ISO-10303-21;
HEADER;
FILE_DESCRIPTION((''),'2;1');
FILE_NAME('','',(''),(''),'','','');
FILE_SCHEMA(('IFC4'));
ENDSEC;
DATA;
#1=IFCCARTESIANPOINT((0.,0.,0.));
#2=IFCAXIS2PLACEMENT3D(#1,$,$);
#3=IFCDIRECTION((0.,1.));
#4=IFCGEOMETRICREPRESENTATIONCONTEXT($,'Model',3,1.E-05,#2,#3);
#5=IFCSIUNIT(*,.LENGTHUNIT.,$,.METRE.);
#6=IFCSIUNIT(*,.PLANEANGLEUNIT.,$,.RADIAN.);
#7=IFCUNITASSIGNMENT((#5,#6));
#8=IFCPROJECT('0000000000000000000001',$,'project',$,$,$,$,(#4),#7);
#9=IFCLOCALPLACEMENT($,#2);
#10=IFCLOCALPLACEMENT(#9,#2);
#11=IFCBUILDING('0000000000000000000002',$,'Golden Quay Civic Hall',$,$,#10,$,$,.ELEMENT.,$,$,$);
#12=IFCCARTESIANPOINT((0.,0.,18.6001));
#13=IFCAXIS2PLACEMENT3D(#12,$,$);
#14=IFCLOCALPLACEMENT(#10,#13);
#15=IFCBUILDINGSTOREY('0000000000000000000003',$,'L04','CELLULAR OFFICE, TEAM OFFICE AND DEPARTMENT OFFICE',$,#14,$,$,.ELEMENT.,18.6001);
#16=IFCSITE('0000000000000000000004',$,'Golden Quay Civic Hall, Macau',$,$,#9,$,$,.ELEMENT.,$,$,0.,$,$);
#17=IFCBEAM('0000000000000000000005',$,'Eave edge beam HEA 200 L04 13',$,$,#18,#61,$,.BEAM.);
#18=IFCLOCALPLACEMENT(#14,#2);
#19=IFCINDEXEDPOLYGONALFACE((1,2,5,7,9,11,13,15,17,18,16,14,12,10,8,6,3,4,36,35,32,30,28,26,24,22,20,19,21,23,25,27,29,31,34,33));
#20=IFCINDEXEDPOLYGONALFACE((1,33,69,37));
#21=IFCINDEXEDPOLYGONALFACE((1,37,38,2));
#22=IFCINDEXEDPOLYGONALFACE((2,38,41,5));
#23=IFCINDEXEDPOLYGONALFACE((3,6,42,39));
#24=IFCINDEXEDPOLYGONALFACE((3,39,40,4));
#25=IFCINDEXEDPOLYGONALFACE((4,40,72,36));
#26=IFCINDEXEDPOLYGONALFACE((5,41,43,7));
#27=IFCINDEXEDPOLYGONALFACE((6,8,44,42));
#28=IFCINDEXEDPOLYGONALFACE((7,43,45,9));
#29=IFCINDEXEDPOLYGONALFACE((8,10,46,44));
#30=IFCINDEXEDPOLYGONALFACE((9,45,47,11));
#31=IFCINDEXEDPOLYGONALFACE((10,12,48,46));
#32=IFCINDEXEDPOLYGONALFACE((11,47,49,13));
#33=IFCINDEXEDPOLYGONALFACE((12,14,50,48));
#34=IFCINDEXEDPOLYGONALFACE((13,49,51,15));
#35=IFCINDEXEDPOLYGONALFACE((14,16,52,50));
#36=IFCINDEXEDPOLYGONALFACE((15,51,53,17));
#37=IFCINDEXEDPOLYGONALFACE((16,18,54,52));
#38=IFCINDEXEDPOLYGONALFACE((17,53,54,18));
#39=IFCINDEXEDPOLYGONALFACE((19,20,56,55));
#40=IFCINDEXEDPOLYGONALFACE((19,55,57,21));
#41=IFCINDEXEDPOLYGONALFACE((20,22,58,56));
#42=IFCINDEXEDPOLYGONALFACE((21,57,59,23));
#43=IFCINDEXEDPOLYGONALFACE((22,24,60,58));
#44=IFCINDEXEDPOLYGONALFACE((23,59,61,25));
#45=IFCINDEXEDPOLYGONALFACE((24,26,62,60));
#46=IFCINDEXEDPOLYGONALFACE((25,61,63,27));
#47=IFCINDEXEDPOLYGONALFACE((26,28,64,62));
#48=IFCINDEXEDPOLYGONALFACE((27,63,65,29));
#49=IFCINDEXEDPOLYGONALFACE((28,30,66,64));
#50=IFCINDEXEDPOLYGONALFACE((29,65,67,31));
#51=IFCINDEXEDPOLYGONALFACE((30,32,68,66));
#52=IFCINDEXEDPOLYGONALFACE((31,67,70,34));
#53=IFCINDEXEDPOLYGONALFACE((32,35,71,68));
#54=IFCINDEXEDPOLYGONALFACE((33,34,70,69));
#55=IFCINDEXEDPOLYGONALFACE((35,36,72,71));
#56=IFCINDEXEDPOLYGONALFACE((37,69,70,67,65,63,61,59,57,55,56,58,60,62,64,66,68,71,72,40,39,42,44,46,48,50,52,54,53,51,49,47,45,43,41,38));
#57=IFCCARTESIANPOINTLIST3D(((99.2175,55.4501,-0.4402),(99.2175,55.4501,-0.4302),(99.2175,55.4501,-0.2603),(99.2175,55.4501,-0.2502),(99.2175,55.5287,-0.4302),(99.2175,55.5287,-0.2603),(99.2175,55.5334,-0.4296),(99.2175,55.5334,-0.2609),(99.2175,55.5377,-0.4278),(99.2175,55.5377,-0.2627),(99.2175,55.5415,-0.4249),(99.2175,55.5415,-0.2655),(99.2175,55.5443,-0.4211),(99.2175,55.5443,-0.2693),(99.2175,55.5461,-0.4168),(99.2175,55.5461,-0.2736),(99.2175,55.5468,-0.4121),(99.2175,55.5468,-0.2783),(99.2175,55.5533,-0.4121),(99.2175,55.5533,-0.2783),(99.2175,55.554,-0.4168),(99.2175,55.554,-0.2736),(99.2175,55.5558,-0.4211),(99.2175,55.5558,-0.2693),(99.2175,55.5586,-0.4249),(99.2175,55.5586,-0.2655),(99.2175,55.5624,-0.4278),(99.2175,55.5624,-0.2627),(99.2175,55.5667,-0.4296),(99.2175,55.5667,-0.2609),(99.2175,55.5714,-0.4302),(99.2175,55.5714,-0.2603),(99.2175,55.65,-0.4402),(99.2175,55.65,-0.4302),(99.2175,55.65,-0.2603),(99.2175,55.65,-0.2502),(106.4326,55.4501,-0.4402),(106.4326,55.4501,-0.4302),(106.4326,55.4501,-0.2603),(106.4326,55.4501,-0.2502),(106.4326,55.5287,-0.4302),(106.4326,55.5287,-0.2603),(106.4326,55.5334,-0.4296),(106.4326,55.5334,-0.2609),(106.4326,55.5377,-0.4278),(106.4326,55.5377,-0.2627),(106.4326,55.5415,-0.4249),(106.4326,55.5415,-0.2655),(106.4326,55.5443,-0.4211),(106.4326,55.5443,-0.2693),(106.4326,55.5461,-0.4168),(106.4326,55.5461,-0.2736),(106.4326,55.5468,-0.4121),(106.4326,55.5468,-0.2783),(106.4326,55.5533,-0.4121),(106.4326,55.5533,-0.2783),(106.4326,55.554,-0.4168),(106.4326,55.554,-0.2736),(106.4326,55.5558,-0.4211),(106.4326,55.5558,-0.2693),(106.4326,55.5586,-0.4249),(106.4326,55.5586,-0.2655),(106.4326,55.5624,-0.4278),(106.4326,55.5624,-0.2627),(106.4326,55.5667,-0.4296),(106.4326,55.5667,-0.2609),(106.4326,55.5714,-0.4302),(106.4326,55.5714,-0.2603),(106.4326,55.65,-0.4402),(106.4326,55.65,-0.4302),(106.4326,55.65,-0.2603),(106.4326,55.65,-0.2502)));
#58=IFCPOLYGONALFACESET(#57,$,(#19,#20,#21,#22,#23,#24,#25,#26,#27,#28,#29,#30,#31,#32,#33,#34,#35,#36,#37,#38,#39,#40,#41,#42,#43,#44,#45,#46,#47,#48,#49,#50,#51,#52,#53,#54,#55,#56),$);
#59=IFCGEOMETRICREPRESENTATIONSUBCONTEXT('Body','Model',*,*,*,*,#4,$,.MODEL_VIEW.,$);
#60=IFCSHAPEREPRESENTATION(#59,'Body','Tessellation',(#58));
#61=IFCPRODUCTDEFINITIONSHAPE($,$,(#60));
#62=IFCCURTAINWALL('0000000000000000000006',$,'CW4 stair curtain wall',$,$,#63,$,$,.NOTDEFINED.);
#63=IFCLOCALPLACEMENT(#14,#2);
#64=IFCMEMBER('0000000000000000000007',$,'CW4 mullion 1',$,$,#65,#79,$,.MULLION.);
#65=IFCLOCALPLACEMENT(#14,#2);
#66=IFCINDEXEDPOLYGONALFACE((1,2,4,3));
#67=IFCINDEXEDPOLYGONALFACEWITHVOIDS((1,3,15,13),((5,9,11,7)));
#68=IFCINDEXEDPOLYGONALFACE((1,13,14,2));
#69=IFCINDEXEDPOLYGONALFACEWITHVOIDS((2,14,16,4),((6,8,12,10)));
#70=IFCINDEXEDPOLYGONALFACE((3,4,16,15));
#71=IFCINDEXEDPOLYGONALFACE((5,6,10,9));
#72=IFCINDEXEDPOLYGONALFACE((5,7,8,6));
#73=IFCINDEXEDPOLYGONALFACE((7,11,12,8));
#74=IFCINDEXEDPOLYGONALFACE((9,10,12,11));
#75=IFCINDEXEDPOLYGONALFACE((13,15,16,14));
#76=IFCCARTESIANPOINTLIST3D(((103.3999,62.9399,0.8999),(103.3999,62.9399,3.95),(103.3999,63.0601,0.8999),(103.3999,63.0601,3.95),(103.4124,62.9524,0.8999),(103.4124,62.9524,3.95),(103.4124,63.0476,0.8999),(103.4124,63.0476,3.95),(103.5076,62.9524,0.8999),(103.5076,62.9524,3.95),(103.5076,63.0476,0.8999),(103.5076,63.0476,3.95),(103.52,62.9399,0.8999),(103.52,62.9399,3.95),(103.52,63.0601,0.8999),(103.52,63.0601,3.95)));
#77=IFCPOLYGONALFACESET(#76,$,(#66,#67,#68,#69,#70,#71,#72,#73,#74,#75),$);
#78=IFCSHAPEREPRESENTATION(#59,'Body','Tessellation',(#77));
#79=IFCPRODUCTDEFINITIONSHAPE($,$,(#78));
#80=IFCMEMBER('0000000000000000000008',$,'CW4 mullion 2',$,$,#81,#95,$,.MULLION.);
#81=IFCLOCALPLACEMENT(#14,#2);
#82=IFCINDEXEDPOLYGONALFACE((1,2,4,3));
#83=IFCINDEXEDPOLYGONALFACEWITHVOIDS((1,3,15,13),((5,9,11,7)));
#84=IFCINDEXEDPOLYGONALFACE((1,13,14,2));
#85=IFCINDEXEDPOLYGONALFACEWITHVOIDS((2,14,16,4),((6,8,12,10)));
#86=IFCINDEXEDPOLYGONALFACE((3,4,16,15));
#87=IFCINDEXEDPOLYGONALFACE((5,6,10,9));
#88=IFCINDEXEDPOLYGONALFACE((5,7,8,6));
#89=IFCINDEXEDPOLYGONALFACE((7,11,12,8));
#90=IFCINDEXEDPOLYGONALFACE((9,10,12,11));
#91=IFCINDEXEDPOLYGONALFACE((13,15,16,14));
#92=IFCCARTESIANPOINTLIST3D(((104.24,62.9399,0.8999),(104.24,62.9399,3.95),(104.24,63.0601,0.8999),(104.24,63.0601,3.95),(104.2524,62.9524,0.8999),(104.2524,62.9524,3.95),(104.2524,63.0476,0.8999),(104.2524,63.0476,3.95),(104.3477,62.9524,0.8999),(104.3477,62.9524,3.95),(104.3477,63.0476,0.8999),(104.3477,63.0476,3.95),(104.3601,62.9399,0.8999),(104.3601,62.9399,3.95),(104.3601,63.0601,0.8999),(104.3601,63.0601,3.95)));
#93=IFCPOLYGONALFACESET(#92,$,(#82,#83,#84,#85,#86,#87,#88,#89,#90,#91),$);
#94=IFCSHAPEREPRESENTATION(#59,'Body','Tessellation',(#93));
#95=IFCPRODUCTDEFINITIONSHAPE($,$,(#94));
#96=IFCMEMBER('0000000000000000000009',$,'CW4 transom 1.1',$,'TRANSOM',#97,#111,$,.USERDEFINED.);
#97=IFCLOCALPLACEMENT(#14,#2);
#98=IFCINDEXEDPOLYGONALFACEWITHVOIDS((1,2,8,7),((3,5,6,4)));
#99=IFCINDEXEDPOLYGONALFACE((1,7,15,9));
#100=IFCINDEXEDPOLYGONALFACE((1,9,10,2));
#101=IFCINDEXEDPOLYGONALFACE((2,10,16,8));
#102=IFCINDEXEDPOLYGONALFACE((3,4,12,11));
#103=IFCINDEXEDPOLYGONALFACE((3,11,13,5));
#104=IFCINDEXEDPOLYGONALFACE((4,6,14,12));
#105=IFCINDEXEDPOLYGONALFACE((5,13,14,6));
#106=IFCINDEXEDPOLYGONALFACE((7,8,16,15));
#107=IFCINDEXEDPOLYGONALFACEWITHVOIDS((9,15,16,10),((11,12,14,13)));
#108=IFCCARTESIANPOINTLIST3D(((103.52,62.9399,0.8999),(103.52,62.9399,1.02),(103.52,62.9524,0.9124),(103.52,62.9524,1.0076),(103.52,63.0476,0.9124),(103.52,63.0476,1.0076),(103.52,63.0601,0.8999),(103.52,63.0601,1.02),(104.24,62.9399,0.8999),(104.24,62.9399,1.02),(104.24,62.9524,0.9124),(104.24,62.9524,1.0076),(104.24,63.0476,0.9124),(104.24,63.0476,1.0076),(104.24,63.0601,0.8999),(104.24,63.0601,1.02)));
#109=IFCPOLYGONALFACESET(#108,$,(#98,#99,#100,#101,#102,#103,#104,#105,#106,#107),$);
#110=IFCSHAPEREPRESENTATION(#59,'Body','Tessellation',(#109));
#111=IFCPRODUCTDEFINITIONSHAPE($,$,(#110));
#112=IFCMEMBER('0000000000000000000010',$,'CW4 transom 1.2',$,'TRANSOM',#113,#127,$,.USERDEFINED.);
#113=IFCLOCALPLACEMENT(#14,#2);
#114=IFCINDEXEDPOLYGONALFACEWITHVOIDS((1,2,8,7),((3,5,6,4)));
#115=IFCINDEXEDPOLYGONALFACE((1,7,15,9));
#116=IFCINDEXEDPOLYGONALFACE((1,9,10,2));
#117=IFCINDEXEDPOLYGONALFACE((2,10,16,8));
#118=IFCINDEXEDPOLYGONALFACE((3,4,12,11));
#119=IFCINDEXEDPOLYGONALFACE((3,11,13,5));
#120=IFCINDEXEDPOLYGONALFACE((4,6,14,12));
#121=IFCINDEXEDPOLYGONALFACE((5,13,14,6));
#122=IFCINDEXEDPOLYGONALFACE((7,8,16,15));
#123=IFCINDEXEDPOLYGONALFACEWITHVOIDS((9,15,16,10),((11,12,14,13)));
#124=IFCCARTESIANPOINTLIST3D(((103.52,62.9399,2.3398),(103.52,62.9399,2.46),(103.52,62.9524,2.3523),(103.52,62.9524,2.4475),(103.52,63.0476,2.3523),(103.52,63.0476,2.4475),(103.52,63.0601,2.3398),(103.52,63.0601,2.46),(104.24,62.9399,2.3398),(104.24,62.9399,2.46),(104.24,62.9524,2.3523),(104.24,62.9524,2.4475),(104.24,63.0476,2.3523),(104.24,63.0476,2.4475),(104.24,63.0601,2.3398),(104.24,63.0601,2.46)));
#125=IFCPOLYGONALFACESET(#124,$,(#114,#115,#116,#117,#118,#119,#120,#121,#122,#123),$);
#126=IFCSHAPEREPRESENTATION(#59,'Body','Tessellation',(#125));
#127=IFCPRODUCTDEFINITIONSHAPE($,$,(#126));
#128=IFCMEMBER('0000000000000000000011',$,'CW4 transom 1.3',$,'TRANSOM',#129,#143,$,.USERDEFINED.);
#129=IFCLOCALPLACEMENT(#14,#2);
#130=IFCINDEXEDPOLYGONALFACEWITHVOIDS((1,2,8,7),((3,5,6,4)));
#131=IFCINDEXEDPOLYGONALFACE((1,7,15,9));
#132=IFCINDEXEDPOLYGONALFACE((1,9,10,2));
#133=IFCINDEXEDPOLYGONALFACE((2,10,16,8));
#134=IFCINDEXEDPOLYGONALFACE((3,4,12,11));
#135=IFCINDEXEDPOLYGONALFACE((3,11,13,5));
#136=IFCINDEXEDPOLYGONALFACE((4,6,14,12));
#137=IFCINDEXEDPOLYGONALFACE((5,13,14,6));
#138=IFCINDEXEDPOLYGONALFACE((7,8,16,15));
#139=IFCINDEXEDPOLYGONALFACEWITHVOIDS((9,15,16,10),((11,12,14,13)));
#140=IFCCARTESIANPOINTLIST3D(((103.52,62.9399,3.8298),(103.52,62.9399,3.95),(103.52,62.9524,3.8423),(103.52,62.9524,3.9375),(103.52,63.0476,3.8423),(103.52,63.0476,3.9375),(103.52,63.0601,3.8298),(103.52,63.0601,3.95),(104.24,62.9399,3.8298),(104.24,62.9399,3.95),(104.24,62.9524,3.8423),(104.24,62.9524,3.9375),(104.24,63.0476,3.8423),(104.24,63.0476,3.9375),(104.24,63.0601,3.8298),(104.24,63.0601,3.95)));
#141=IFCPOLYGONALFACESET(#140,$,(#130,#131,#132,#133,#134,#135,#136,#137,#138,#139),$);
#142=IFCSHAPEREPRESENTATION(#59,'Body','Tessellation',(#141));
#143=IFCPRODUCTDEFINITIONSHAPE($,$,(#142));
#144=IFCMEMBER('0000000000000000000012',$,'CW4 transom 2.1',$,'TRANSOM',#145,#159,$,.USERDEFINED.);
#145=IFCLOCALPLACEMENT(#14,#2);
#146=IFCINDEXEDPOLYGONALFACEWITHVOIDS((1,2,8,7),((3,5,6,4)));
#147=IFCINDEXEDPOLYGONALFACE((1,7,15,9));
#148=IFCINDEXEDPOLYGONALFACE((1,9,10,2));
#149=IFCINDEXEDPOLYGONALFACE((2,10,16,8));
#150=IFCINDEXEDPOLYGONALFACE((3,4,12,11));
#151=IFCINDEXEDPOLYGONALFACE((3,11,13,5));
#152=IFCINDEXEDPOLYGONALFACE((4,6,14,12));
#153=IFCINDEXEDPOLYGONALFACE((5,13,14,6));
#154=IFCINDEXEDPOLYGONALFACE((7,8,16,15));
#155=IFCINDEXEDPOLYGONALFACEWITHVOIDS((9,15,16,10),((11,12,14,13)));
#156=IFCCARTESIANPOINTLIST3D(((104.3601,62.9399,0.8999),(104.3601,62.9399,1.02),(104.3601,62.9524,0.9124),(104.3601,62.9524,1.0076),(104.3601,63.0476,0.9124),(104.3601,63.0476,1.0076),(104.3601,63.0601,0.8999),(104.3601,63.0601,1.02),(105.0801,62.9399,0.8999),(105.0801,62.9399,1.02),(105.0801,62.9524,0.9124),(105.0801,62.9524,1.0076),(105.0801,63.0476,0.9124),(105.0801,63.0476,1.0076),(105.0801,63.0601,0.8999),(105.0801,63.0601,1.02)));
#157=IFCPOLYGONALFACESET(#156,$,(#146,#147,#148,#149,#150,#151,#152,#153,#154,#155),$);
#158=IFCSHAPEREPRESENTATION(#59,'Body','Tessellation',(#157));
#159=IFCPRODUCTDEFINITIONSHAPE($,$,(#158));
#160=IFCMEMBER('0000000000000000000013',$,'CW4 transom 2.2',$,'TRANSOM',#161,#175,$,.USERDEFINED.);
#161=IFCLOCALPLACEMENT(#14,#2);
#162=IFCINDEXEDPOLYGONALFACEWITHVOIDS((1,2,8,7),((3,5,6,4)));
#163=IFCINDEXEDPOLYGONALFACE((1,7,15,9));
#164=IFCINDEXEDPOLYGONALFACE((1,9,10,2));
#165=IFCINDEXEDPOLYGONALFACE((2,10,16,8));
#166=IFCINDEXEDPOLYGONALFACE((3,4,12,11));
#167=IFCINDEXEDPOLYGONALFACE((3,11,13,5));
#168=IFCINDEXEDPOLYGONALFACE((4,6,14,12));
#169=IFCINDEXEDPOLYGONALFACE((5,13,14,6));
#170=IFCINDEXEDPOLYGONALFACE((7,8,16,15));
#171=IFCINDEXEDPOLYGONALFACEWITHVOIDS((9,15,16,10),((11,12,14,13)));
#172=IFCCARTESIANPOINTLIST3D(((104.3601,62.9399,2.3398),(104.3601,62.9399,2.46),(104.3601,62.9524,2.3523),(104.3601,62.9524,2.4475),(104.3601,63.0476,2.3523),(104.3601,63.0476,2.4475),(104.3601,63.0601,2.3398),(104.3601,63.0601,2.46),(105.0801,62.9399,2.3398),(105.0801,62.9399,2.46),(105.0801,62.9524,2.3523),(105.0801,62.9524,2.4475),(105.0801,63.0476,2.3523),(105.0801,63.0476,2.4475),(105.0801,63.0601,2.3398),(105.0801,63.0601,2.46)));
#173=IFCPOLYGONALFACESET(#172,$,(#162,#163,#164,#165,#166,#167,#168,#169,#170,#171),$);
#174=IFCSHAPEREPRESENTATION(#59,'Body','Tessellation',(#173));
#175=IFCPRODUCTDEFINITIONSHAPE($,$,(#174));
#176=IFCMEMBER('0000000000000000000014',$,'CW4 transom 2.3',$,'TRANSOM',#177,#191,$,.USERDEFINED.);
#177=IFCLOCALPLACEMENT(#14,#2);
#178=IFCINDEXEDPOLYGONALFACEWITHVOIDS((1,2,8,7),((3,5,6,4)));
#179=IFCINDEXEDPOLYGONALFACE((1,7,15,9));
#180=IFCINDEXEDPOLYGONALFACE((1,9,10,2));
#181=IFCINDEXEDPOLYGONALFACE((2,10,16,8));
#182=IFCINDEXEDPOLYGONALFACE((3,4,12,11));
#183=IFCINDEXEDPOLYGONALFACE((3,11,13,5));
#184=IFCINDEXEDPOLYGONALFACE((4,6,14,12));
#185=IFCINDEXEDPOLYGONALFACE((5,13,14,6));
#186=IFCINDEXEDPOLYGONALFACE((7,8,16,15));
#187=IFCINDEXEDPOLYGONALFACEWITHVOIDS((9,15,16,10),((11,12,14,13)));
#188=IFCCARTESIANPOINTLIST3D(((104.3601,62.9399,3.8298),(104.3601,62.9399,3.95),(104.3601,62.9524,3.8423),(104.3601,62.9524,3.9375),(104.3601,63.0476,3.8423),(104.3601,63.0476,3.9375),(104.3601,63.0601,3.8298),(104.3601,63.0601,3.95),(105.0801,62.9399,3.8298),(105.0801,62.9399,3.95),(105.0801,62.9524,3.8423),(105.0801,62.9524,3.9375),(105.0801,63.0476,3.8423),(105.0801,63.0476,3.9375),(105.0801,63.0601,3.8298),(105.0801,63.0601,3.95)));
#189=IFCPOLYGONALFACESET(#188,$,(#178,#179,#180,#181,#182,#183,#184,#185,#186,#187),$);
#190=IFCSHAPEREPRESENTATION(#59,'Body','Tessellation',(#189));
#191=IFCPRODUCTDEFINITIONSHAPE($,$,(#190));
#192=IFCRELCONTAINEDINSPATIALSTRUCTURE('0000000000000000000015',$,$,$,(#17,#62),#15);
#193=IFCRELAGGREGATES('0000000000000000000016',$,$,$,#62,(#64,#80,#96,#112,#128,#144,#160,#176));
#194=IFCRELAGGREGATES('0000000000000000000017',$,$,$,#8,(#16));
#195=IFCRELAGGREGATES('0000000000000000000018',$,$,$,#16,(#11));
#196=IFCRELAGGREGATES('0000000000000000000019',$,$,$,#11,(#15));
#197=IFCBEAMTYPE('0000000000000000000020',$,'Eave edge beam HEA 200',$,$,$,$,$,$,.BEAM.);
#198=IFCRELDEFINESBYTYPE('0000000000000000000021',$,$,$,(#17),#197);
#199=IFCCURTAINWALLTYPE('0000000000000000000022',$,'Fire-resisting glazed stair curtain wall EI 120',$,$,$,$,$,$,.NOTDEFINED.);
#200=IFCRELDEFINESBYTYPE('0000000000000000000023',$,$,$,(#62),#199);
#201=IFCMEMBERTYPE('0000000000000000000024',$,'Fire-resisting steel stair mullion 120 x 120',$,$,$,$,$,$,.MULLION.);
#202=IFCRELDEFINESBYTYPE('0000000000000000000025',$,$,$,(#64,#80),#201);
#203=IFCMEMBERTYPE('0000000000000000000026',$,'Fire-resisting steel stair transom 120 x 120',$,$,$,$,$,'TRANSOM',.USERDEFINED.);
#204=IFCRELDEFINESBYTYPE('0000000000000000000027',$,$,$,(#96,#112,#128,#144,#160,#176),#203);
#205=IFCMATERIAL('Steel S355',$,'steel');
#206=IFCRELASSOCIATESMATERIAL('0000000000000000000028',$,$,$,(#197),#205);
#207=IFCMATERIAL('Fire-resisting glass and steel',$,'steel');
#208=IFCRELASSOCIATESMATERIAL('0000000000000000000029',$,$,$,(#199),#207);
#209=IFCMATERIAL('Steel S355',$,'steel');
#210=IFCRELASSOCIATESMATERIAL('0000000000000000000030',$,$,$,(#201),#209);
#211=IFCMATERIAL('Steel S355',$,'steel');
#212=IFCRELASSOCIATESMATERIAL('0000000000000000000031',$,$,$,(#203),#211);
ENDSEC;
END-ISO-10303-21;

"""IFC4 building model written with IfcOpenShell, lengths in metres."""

from ifc_helpers import new_model, si_unit, direction, frame, origin, origin_2d, place, context, subcontext, project, spatial, hollow_rectangle, i_section, extrude, material, material_profile, profile_set, type_object, element, aggregate, save


model = new_model("IFC4")

# Units and contexts
model_context = context("Model", 3, precision=1e-05, world=origin(), true_north=direction((0.0, 1.0)))
body_context = subcontext(model_context, "Body", "Model", "MODEL_VIEW")
ifc_project = project(units=[si_unit("LENGTHUNIT", "METRE"), si_unit("PLANEANGLEUNIT", "RADIAN")], contexts=[model_context])

# Site, building, storey
site_placement = place(None, origin())
site = spatial("IfcSite", under=ifc_project, at=site_placement, Name="Golden Quay Civic Hall, Macau", CompositionType="ELEMENT", RefElevation=0.0)
building_placement = place(site_placement, origin())
building = spatial("IfcBuilding", under=site, at=building_placement, Name="Golden Quay Civic Hall", CompositionType="ELEMENT")
storey_placement = place(building_placement, frame((0.0, 0.0, 18.6001)))
storey = spatial("IfcBuildingStorey", under=building, at=storey_placement, Name="L04", Description="CELLULAR OFFICE, TEAM OFFICE AND DEPARTMENT OFFICE", CompositionType="ELEMENT", Elevation=18.6001)

# Beam
ifc_material_1 = material(Name="Steel S355", Category="steel")
ifc_material_profile_1 = material_profile(ifc_material_1, i_section(OverallWidth=0.2, OverallDepth=0.1899, WebThickness=0.0066, FlangeThickness=0.01, FilletRadius=0.0181, at=origin_2d()), Name="HEA 200")
ifc_profile_set_1 = profile_set([ifc_material_profile_1], Name="Steel S355")
beam_type = type_object("IfcBeamType", Name="Eave edge beam HEA 200", PredefinedType="BEAM", material=ifc_profile_set_1)
beam_placement = place(storey_placement, frame((99.2175, 55.55, -0.3452), z_axis=(1.0, 0.0, 0.0), x_axis=(0.0, 1.0, 0.0)))
element("IfcBeam", 1, at=beam_placement, inside=storey, type_object=beam_type, Name="Eave edge beam HEA 200 L04 13", PredefinedType="BEAM", context=body_context, shape_type="SweptSolid", body=[
    extrude(i_section(OverallWidth=0.2, OverallDepth=0.1899, WebThickness=0.0066, FlangeThickness=0.01, FilletRadius=0.0181, at=origin_2d()), origin(), (0.0, 0.0, 1.0), 7.2151),
])

# Curtain wall, members
ifc_material_2 = material(Name="Fire-resisting glass and steel", Category="steel")
curtain_wall_type_1 = type_object("IfcCurtainWallType", Name="Fire-resisting glazed stair curtain wall EI 120", PredefinedType="NOTDEFINED", material=ifc_material_2)
curtain_wall_1_placement = place(storey_placement, origin())
curtain_wall_1 = element("IfcCurtainWall", 2, at=curtain_wall_1_placement, inside=storey, type_object=curtain_wall_type_1, Name="CW4 stair curtain wall", PredefinedType="NOTDEFINED")
ifc_material_3 = material(Name="Steel S355", Category="steel")
ifc_material_profile_2 = material_profile(ifc_material_3, hollow_rectangle(XDim=0.1201, YDim=0.1201, WallThickness=0.0125, at=origin_2d()), Name="SHS 120x120x12.5")
ifc_profile_set_2 = profile_set([ifc_material_profile_2], Name="Steel S355")
member_type_1 = type_object("IfcMemberType", Name="Fire-resisting steel stair mullion 120 x 120", PredefinedType="MULLION", material=ifc_profile_set_2)
member_1_placement = place(storey_placement, frame((103.46, 63.0, 0.8999), z_axis=(0.0, 0.0, 1.0), x_axis=(0.0, 1.0, 0.0)))
member_1 = element("IfcMember", 3, at=member_1_placement, type_object=member_type_1, Name="CW4 mullion 1", PredefinedType="MULLION", context=body_context, shape_type="SweptSolid", body=[
    extrude(hollow_rectangle(XDim=0.1201, YDim=0.1201, WallThickness=0.0125, at=origin_2d()), origin(), (0.0, 0.0, 1.0), 3.05),
])
member_2_placement = place(storey_placement, frame((104.3, 63.0, 0.8999), z_axis=(0.0, 0.0, 1.0), x_axis=(0.0, 1.0, 0.0)))
member_2 = element("IfcMember", 4, at=member_2_placement, type_object=member_type_1, Name="CW4 mullion 2", PredefinedType="MULLION", context=body_context, shape_type="SweptSolid", body=[
    extrude(hollow_rectangle(XDim=0.1201, YDim=0.1201, WallThickness=0.0125, at=origin_2d()), origin(), (0.0, 0.0, 1.0), 3.05),
])
ifc_material_4 = material(Name="Steel S355", Category="steel")
ifc_material_profile_3 = material_profile(ifc_material_4, hollow_rectangle(XDim=0.1201, YDim=0.1201, WallThickness=0.0125, at=origin_2d()), Name="SHS 120x120x12.5")
ifc_profile_set_3 = profile_set([ifc_material_profile_3], Name="Steel S355")
member_type_2 = type_object("IfcMemberType", Name="Fire-resisting steel stair transom 120 x 120", ElementType="TRANSOM", PredefinedType="USERDEFINED", material=ifc_profile_set_3)
member_3_placement = place(storey_placement, frame((103.52, 63.0, 0.96), z_axis=(1.0, 0.0, 0.0), x_axis=(0.0, 1.0, 0.0)))
member_3 = element("IfcMember", 5, at=member_3_placement, type_object=member_type_2, Name="CW4 transom 1.1", ObjectType="TRANSOM", PredefinedType="USERDEFINED", context=body_context, shape_type="SweptSolid", body=[
    extrude(hollow_rectangle(XDim=0.1201, YDim=0.1201, WallThickness=0.0125, at=origin_2d()), origin(), (0.0, 0.0, 1.0), 0.72),
])
member_4_placement = place(storey_placement, frame((103.52, 63.0, 2.3999), z_axis=(1.0, 0.0, 0.0), x_axis=(0.0, 1.0, 0.0)))
member_4 = element("IfcMember", 6, at=member_4_placement, type_object=member_type_2, Name="CW4 transom 1.2", ObjectType="TRANSOM", PredefinedType="USERDEFINED", context=body_context, shape_type="SweptSolid", body=[
    extrude(hollow_rectangle(XDim=0.1201, YDim=0.1201, WallThickness=0.0125, at=origin_2d()), origin(), (0.0, 0.0, 1.0), 0.72),
])
member_5_placement = place(storey_placement, frame((103.52, 63.0, 3.8899), z_axis=(1.0, 0.0, 0.0), x_axis=(0.0, 1.0, 0.0)))
member_5 = element("IfcMember", 7, at=member_5_placement, type_object=member_type_2, Name="CW4 transom 1.3", ObjectType="TRANSOM", PredefinedType="USERDEFINED", context=body_context, shape_type="SweptSolid", body=[
    extrude(hollow_rectangle(XDim=0.1201, YDim=0.1201, WallThickness=0.0125, at=origin_2d()), origin(), (0.0, 0.0, 1.0), 0.72),
])
member_6_placement = place(storey_placement, frame((104.3601, 63.0, 0.96), z_axis=(1.0, 0.0, 0.0), x_axis=(0.0, 1.0, 0.0)))
member_6 = element("IfcMember", 8, at=member_6_placement, type_object=member_type_2, Name="CW4 transom 2.1", ObjectType="TRANSOM", PredefinedType="USERDEFINED", context=body_context, shape_type="SweptSolid", body=[
    extrude(hollow_rectangle(XDim=0.1201, YDim=0.1201, WallThickness=0.0125, at=origin_2d()), origin(), (0.0, 0.0, 1.0), 0.72),
])
member_7_placement = place(storey_placement, frame((104.3601, 63.0, 2.3999), z_axis=(1.0, 0.0, 0.0), x_axis=(0.0, 1.0, 0.0)))
member_7 = element("IfcMember", 9, at=member_7_placement, type_object=member_type_2, Name="CW4 transom 2.2", ObjectType="TRANSOM", PredefinedType="USERDEFINED", context=body_context, shape_type="SweptSolid", body=[
    extrude(hollow_rectangle(XDim=0.1201, YDim=0.1201, WallThickness=0.0125, at=origin_2d()), origin(), (0.0, 0.0, 1.0), 0.72),
])
member_8_placement = place(storey_placement, frame((104.3601, 63.0, 3.8899), z_axis=(1.0, 0.0, 0.0), x_axis=(0.0, 1.0, 0.0)))
member_8 = element("IfcMember", 10, at=member_8_placement, type_object=member_type_2, Name="CW4 transom 2.3", ObjectType="TRANSOM", PredefinedType="USERDEFINED", context=body_context, shape_type="SweptSolid", body=[
    extrude(hollow_rectangle(XDim=0.1201, YDim=0.1201, WallThickness=0.0125, at=origin_2d()), origin(), (0.0, 0.0, 1.0), 0.72),
])

aggregate(curtain_wall_1, [member_1, member_2, member_3, member_4, member_5, member_6, member_7, member_8])

save(model, "model.ifc")
